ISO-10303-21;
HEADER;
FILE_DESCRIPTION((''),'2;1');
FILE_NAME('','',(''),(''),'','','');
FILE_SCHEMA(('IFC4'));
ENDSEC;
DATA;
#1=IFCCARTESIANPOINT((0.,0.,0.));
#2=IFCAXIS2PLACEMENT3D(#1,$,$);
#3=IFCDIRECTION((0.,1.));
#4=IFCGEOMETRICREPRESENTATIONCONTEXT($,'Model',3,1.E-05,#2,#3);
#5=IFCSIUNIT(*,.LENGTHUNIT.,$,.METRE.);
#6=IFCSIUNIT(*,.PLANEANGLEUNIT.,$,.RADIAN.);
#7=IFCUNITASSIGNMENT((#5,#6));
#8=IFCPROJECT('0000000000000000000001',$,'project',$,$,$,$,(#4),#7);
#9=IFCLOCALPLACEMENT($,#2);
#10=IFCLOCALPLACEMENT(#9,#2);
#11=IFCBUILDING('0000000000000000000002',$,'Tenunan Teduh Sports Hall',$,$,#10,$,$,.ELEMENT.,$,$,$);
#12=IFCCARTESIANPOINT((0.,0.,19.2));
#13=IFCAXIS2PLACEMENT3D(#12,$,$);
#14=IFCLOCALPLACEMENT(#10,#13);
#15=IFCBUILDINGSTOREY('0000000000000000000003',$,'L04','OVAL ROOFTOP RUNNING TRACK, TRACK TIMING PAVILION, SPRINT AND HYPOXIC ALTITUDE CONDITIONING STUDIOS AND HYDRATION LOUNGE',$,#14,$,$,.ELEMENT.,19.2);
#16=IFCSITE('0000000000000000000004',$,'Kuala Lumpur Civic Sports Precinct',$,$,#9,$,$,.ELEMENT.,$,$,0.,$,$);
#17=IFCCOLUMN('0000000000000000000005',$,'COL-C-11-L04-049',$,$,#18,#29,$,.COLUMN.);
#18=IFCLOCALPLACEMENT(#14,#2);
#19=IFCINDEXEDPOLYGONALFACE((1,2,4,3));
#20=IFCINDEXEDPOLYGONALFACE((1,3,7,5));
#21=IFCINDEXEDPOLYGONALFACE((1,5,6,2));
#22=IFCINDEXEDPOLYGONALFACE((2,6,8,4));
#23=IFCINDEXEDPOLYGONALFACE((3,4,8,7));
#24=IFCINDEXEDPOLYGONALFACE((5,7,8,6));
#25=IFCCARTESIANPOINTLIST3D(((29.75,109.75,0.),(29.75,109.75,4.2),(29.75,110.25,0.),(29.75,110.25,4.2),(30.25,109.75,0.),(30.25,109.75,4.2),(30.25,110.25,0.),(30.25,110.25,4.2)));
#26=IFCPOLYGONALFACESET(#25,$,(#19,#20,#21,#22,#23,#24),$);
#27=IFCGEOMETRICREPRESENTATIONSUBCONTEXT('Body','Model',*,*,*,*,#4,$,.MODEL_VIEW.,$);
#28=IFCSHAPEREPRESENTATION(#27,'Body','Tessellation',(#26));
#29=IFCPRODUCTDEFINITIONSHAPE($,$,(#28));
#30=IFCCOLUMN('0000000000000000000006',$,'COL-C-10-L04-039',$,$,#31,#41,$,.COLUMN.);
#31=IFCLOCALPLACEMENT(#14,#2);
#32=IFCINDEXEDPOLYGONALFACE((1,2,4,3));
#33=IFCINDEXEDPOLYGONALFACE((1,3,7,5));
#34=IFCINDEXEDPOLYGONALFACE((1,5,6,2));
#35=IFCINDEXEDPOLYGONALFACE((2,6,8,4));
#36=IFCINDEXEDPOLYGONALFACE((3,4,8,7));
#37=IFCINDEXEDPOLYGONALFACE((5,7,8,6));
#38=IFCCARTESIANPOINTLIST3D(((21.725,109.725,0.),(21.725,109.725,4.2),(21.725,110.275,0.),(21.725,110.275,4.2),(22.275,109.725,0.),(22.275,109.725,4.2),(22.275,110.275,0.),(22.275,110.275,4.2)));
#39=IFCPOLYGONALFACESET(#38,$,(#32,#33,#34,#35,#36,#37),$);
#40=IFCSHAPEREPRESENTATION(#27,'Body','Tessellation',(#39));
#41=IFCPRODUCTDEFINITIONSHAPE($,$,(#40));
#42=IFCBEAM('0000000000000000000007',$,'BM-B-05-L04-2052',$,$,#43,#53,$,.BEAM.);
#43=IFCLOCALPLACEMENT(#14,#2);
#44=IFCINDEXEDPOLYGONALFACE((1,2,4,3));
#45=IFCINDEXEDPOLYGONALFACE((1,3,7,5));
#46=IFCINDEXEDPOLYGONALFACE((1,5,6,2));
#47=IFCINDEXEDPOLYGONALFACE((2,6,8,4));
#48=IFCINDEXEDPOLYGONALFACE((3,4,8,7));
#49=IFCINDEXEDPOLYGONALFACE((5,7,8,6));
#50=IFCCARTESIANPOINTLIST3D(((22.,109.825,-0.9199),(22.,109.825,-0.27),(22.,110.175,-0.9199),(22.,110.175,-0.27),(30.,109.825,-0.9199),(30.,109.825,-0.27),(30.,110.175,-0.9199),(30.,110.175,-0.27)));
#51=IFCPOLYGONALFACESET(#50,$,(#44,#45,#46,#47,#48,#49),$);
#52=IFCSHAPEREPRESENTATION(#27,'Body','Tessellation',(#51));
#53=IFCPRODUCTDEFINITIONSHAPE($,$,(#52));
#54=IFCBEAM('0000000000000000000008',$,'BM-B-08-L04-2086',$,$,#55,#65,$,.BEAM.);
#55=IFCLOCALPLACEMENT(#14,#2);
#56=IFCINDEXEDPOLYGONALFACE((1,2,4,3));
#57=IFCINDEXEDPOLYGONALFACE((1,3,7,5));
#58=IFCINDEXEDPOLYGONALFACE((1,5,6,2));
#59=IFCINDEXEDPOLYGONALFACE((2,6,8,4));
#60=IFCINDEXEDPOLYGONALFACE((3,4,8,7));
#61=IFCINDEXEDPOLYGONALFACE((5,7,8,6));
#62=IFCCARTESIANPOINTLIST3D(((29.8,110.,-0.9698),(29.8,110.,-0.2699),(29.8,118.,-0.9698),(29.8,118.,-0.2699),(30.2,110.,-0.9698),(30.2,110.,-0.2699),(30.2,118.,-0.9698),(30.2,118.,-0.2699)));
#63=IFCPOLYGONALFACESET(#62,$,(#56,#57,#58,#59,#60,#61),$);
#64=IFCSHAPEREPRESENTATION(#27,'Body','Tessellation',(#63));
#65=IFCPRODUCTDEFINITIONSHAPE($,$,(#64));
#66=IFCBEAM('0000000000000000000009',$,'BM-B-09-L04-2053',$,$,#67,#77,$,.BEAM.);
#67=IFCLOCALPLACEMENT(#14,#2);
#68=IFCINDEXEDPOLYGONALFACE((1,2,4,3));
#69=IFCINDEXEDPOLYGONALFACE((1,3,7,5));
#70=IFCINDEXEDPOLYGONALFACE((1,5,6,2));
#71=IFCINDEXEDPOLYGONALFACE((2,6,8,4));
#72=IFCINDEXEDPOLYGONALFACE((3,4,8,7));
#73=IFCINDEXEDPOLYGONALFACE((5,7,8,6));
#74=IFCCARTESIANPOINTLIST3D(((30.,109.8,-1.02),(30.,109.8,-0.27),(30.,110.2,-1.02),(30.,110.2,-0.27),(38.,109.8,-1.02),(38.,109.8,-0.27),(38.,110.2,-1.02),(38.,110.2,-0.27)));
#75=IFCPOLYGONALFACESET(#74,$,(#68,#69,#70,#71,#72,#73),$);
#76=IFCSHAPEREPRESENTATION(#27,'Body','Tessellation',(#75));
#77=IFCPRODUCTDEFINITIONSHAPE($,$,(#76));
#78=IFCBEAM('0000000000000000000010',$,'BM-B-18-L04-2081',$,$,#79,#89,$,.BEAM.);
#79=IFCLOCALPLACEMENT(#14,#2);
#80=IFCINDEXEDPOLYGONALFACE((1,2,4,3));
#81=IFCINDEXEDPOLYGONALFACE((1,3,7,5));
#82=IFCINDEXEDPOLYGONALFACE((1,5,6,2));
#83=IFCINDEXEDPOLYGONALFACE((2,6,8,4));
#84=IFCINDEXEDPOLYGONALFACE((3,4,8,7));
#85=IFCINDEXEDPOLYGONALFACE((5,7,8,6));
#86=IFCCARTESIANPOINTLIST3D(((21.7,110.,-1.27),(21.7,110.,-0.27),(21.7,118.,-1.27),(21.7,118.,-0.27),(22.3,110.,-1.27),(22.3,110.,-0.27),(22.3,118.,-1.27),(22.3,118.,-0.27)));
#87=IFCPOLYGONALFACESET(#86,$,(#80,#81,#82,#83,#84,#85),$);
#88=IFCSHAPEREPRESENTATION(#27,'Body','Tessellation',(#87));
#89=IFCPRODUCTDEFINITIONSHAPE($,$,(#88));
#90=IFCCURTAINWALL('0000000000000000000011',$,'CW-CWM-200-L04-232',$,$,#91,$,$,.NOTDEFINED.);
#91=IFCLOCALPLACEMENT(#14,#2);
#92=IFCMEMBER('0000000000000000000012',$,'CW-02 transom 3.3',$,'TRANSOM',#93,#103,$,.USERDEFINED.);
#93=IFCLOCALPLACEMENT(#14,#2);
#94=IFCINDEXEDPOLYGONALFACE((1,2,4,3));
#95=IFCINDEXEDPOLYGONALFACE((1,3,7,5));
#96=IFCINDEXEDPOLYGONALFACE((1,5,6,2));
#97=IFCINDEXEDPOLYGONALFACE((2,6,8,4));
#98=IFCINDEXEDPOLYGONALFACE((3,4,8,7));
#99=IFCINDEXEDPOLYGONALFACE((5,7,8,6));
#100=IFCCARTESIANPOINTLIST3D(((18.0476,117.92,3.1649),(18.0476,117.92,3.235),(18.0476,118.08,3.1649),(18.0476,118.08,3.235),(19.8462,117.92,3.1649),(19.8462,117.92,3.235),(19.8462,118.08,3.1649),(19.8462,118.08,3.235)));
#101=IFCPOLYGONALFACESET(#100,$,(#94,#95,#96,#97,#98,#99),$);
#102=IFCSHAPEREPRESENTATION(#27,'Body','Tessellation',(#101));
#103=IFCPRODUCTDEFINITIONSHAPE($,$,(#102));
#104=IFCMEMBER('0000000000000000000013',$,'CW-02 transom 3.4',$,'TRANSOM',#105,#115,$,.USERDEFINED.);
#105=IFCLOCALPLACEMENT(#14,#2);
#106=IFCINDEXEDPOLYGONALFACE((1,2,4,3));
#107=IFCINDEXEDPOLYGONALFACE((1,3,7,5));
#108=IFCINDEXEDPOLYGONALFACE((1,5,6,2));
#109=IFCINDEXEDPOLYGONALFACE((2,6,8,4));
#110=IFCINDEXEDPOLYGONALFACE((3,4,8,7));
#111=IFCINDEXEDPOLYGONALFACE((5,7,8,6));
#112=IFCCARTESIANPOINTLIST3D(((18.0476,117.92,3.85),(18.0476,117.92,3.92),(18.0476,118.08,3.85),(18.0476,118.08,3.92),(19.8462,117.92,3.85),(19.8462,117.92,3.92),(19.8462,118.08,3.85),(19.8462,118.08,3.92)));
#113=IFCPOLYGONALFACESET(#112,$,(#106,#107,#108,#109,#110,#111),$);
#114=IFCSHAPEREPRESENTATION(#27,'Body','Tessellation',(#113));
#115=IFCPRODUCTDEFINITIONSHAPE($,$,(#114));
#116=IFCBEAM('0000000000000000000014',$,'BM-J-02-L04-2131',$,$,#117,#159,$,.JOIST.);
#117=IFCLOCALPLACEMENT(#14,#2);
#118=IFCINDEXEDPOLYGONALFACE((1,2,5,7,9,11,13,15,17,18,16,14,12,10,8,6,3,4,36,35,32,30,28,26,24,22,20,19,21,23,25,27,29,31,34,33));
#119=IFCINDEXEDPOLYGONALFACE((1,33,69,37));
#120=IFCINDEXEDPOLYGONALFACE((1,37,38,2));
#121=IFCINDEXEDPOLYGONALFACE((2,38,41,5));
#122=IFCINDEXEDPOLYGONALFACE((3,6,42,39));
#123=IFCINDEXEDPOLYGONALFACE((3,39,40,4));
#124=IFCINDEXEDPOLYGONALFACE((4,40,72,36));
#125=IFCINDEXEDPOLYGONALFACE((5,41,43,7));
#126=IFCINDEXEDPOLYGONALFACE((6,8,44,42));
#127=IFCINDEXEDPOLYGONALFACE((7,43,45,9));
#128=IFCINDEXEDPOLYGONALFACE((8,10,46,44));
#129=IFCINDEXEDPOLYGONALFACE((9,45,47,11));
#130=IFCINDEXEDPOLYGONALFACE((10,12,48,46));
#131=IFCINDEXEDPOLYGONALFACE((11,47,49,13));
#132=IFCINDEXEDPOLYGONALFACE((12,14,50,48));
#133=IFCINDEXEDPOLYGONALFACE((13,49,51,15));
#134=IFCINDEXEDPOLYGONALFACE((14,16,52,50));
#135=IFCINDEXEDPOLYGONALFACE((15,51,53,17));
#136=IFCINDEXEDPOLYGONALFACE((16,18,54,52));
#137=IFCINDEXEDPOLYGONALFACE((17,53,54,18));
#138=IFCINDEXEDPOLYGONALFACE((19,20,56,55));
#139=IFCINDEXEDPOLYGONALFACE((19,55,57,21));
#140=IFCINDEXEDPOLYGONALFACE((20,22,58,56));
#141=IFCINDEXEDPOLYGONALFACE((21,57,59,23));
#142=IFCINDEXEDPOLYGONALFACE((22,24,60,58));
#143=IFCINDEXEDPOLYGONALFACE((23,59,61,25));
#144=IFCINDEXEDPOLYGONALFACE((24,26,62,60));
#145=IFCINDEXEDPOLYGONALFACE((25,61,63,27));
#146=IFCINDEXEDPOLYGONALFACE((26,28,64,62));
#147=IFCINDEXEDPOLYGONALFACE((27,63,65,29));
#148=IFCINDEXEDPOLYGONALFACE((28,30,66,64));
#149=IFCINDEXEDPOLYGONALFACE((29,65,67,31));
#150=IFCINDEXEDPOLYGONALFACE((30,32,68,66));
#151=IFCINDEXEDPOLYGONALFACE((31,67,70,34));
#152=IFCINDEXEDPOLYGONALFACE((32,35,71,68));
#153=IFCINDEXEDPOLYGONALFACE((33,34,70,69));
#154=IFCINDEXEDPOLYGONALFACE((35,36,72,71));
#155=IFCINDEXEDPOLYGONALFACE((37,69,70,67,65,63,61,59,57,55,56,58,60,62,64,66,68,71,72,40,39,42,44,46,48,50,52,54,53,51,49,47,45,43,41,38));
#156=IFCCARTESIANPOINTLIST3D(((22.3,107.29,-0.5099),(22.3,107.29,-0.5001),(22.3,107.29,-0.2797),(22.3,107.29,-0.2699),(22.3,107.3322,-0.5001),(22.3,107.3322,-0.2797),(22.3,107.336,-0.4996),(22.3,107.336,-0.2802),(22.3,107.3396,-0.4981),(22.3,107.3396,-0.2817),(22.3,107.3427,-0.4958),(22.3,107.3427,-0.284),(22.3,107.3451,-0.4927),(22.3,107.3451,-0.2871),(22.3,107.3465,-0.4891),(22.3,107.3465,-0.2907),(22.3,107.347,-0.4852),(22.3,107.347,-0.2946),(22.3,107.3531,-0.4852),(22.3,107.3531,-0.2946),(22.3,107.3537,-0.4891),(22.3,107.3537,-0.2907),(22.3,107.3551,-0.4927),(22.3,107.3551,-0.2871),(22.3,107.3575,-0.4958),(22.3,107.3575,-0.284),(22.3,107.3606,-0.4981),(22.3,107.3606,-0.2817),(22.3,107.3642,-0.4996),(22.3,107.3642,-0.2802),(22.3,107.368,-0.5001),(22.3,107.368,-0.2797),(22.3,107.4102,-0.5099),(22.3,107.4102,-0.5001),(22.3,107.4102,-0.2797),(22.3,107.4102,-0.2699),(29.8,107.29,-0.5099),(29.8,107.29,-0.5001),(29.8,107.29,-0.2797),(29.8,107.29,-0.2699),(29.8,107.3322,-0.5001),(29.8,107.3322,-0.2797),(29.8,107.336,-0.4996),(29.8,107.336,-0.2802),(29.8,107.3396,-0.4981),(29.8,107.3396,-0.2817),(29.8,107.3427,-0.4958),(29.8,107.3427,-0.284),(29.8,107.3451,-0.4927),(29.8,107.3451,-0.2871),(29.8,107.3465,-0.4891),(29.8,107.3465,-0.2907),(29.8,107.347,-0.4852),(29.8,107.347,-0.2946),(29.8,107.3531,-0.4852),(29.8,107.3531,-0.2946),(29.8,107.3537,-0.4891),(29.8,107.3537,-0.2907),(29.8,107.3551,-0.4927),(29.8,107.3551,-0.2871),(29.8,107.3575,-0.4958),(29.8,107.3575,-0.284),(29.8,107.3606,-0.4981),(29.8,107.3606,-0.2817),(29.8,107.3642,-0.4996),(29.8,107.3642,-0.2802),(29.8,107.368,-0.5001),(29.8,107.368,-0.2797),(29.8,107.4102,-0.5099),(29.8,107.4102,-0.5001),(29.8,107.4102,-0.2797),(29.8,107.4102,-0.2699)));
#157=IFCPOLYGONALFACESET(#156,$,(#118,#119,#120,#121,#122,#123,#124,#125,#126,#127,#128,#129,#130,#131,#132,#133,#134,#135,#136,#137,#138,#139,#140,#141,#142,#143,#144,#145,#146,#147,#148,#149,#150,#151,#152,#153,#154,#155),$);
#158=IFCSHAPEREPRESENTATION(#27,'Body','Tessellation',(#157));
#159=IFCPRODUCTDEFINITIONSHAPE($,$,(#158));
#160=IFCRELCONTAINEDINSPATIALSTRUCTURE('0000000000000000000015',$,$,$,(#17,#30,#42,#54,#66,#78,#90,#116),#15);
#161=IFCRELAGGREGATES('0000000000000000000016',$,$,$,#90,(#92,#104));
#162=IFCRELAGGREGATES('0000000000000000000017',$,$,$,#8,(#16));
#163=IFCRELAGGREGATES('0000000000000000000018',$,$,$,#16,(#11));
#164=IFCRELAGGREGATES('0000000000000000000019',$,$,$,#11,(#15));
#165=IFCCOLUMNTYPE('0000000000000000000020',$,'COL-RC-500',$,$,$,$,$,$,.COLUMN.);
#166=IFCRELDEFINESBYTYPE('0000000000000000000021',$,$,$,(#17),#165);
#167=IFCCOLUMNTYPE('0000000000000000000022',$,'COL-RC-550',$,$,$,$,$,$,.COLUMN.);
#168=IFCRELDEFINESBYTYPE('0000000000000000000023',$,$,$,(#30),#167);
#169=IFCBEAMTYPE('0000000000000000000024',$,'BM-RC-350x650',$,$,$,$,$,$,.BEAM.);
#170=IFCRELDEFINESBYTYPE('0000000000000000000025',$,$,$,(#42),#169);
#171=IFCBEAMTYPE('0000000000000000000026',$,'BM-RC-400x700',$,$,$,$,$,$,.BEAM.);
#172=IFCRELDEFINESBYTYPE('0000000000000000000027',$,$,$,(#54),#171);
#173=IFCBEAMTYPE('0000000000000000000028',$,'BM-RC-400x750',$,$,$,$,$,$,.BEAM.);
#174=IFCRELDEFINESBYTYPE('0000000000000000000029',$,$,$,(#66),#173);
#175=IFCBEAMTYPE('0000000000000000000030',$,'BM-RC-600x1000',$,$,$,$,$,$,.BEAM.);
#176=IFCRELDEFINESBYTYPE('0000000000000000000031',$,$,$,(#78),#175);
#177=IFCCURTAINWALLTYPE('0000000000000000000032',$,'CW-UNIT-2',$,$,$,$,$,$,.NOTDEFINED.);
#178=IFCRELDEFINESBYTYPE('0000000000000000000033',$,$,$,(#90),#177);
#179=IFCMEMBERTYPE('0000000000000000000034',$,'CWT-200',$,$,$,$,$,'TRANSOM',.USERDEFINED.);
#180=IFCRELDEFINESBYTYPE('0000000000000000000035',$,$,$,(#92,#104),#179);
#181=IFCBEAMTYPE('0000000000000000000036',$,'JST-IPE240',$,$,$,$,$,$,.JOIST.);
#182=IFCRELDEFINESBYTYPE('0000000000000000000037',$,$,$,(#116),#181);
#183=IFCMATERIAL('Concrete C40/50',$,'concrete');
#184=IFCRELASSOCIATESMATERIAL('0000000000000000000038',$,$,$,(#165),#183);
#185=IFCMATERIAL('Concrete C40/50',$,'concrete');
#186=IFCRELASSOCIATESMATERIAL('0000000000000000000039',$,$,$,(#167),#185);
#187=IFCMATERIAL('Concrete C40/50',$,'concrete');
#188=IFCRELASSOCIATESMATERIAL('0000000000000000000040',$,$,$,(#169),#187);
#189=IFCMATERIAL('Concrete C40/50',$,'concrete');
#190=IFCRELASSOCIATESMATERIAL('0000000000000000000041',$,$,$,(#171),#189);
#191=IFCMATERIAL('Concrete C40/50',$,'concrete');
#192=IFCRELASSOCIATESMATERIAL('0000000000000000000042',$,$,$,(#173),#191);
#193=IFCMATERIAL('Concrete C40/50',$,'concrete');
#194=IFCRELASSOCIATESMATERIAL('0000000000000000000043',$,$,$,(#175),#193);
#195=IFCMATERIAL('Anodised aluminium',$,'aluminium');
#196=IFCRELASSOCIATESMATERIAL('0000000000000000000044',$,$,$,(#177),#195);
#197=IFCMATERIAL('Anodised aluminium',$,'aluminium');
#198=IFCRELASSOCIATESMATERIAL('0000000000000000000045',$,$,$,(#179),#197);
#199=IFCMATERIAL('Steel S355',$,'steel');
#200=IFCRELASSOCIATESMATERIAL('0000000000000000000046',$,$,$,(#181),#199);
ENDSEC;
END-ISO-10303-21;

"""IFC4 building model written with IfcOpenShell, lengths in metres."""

from ifc_helpers import new_model, si_unit, direction, frame, origin, origin_2d, place, context, subcontext, project, spatial, rectangle, i_section, extrude, material, material_profile, profile_set, type_object, element, aggregate, save


model = new_model("IFC4")

# Units and contexts
model_context = context("Model", 3, precision=1e-05, world=origin(), true_north=direction((0.0, 1.0)))
body_context = subcontext(model_context, "Body", "Model", "MODEL_VIEW")
ifc_project = project(units=[si_unit("LENGTHUNIT", "METRE"), si_unit("PLANEANGLEUNIT", "RADIAN")], contexts=[model_context])

# Site, building, storey
site_placement = place(None, origin())
site = spatial("IfcSite", under=ifc_project, at=site_placement, Name="Kuala Lumpur Civic Sports Precinct", CompositionType="ELEMENT", RefElevation=0.0)
building_placement = place(site_placement, origin())
building = spatial("IfcBuilding", under=site, at=building_placement, Name="Tenunan Teduh Sports Hall", CompositionType="ELEMENT")
storey_placement = place(building_placement, frame((0.0, 0.0, 19.2)))
storey = spatial("IfcBuildingStorey", under=building, at=storey_placement, Name="L04", Description="OVAL ROOFTOP RUNNING TRACK, TRACK TIMING PAVILION, SPRINT AND HYPOXIC ALTITUDE CONDITIONING STUDIOS AND HYDRATION LOUNGE", CompositionType="ELEMENT", Elevation=19.2)

# Columns
ifc_material_1 = material(Name="Concrete C40/50", Category="concrete")
ifc_material_profile_1 = material_profile(ifc_material_1, rectangle(XDim=0.5, YDim=0.5, at=origin_2d()), Name="RC 500x500")
ifc_profile_set_1 = profile_set([ifc_material_profile_1], Name="Concrete C40/50")
column_type_1 = type_object("IfcColumnType", Name="COL-RC-500", PredefinedType="COLUMN", material=ifc_profile_set_1)
column_1_placement = place(storey_placement, frame((30.0, 110.0, 0.0), z_axis=(0.0, 0.0, 1.0), x_axis=(1.0, 0.0, 0.0)))
element("IfcColumn", 1, at=column_1_placement, inside=storey, type_object=column_type_1, Name="COL-C-11-L04-049", PredefinedType="COLUMN", context=body_context, shape_type="SweptSolid", body=[
    extrude(rectangle(XDim=0.5, YDim=0.5, at=origin_2d()), origin(), (0.0, 0.0, 1.0), 4.2),
])
ifc_material_2 = material(Name="Concrete C40/50", Category="concrete")
ifc_material_profile_2 = material_profile(ifc_material_2, rectangle(XDim=0.55, YDim=0.55, at=origin_2d()), Name="RC 550x550")
ifc_profile_set_2 = profile_set([ifc_material_profile_2], Name="Concrete C40/50")
column_type_2 = type_object("IfcColumnType", Name="COL-RC-550", PredefinedType="COLUMN", material=ifc_profile_set_2)
column_2_placement = place(storey_placement, frame((22.0, 110.0, 0.0), z_axis=(0.0, 0.0, 1.0), x_axis=(1.0, 0.0, 0.0)))
element("IfcColumn", 2, at=column_2_placement, inside=storey, type_object=column_type_2, Name="COL-C-10-L04-039", PredefinedType="COLUMN", context=body_context, shape_type="SweptSolid", body=[
    extrude(rectangle(XDim=0.55, YDim=0.55, at=origin_2d()), origin(), (0.0, 0.0, 1.0), 4.2),
])

# Beams
ifc_material_3 = material(Name="Concrete C40/50", Category="concrete")
ifc_material_profile_3 = material_profile(ifc_material_3, rectangle(XDim=0.3501, YDim=0.6499, at=origin_2d()), Name="RCB 350x650")
ifc_profile_set_3 = profile_set([ifc_material_profile_3], Name="Concrete C40/50")
beam_type_1 = type_object("IfcBeamType", Name="BM-RC-350x650", PredefinedType="BEAM", material=ifc_profile_set_3)
beam_1_placement = place(storey_placement, frame((22.0, 110.0, -0.595), z_axis=(1.0, 0.0, 0.0), x_axis=(0.0, 1.0, 0.0)))
element("IfcBeam", 3, at=beam_1_placement, inside=storey, type_object=beam_type_1, Name="BM-B-05-L04-2052", PredefinedType="BEAM", context=body_context, shape_type="SweptSolid", body=[
    extrude(rectangle(XDim=0.3501, YDim=0.6499, at=origin_2d()), origin(), (0.0, 0.0, 1.0), 8.0),
])
ifc_material_4 = material(Name="Concrete C40/50", Category="concrete")
ifc_material_profile_4 = material_profile(ifc_material_4, rectangle(XDim=0.3999, YDim=0.7, at=origin_2d()), Name="RCB 400x700")
ifc_profile_set_4 = profile_set([ifc_material_profile_4], Name="Concrete C40/50")
beam_type_2 = type_object("IfcBeamType", Name="BM-RC-400x700", PredefinedType="BEAM", material=ifc_profile_set_4)
beam_2_placement = place(storey_placement, frame((30.0, 110.0, -0.6199), z_axis=(0.0, 1.0, 0.0), x_axis=(-1.0, 0.0, 0.0)))
element("IfcBeam", 4, at=beam_2_placement, inside=storey, type_object=beam_type_2, Name="BM-B-08-L04-2086", PredefinedType="BEAM", context=body_context, shape_type="SweptSolid", body=[
    extrude(rectangle(XDim=0.3999, YDim=0.7, at=origin_2d()), origin(), (0.0, 0.0, 1.0), 8.0),
])
ifc_material_5 = material(Name="Concrete C40/50", Category="concrete")
ifc_material_profile_5 = material_profile(ifc_material_5, rectangle(XDim=0.3999, YDim=0.75, at=origin_2d()), Name="RCB 400x750")
ifc_profile_set_5 = profile_set([ifc_material_profile_5], Name="Concrete C40/50")
beam_type_3 = type_object("IfcBeamType", Name="BM-RC-400x750", PredefinedType="BEAM", material=ifc_profile_set_5)
beam_3_placement = place(storey_placement, frame((30.0, 110.0, -0.645), z_axis=(1.0, 0.0, 0.0), x_axis=(0.0, 1.0, 0.0)))
element("IfcBeam", 5, at=beam_3_placement, inside=storey, type_object=beam_type_3, Name="BM-B-09-L04-2053", PredefinedType="BEAM", context=body_context, shape_type="SweptSolid", body=[
    extrude(rectangle(XDim=0.3999, YDim=0.75, at=origin_2d()), origin(), (0.0, 0.0, 1.0), 8.0),
])
ifc_material_6 = material(Name="Concrete C40/50", Category="concrete")
ifc_material_profile_6 = material_profile(ifc_material_6, rectangle(XDim=0.6001, YDim=1.0, at=origin_2d()), Name="RCB 600x1000")
ifc_profile_set_6 = profile_set([ifc_material_profile_6], Name="Concrete C40/50")
beam_type_4 = type_object("IfcBeamType", Name="BM-RC-600x1000", PredefinedType="BEAM", material=ifc_profile_set_6)
beam_4_placement = place(storey_placement, frame((22.0, 110.0, -0.77), z_axis=(0.0, 1.0, 0.0), x_axis=(-1.0, 0.0, 0.0)))
element("IfcBeam", 6, at=beam_4_placement, inside=storey, type_object=beam_type_4, Name="BM-B-18-L04-2081", PredefinedType="BEAM", context=body_context, shape_type="SweptSolid", body=[
    extrude(rectangle(XDim=0.6001, YDim=1.0, at=origin_2d()), origin(), (0.0, 0.0, 1.0), 8.0),
])

# Curtain wall, members
ifc_material_7 = material(Name="Anodised aluminium", Category="aluminium")
curtain_wall_type = type_object("IfcCurtainWallType", Name="CW-UNIT-2", PredefinedType="NOTDEFINED", material=ifc_material_7)
curtain_wall_placement = place(storey_placement, origin())
curtain_wall = element("IfcCurtainWall", 7, at=curtain_wall_placement, inside=storey, type_object=curtain_wall_type, Name="CW-CWM-200-L04-232", PredefinedType="NOTDEFINED")
ifc_material_8 = material(Name="Anodised aluminium", Category="aluminium")
ifc_material_profile_7 = material_profile(ifc_material_8, rectangle(XDim=0.0701, YDim=0.1599, at=origin_2d()), Name="CWT 70x160")
ifc_profile_set_7 = profile_set([ifc_material_profile_7], Name="Anodised aluminium")
member_type = type_object("IfcMemberType", Name="CWT-200", ElementType="TRANSOM", PredefinedType="USERDEFINED", material=ifc_profile_set_7)
member_1_placement = place(storey_placement, frame((18.0476, 118.0, 3.2), z_axis=(1.0, 0.0, 0.0), x_axis=(0.0, 0.0, 1.0)))
member_1 = element("IfcMember", 8, at=member_1_placement, type_object=member_type, Name="CW-02 transom 3.3", ObjectType="TRANSOM", PredefinedType="USERDEFINED", context=body_context, shape_type="SweptSolid", body=[
    extrude(rectangle(XDim=0.0701, YDim=0.1599, at=origin_2d()), origin(), (0.0, 0.0, 1.0), 1.7986),
])
member_2_placement = place(storey_placement, frame((18.0476, 118.0, 3.885), z_axis=(1.0, 0.0, 0.0), x_axis=(0.0, 0.0, 1.0)))
member_2 = element("IfcMember", 9, at=member_2_placement, type_object=member_type, Name="CW-02 transom 3.4", ObjectType="TRANSOM", PredefinedType="USERDEFINED", context=body_context, shape_type="SweptSolid", body=[
    extrude(rectangle(XDim=0.0701, YDim=0.1599, at=origin_2d()), origin(), (0.0, 0.0, 1.0), 1.7986),
])

# Beam
ifc_material_9 = material(Name="Steel S355", Category="steel")
ifc_material_profile_8 = material_profile(ifc_material_9, i_section(OverallWidth=0.1201, OverallDepth=0.24, WebThickness=0.0061, FlangeThickness=0.0098, FilletRadius=0.0149, at=origin_2d()), Name="IPE 240")
ifc_profile_set_8 = profile_set([ifc_material_profile_8], Name="Steel S355")
beam_type_5 = type_object("IfcBeamType", Name="JST-IPE240", PredefinedType="JOIST", material=ifc_profile_set_8)
beam_5_placement = place(storey_placement, frame((22.3, 107.3501, -0.3899), z_axis=(1.0, 0.0, 0.0), x_axis=(0.0, 1.0, 0.0)))
element("IfcBeam", 10, at=beam_5_placement, inside=storey, type_object=beam_type_5, Name="BM-J-02-L04-2131", PredefinedType="JOIST", context=body_context, shape_type="SweptSolid", body=[
    extrude(i_section(OverallWidth=0.1201, OverallDepth=0.24, WebThickness=0.0061, FlangeThickness=0.0098, FilletRadius=0.0149, at=origin_2d()), origin(), (0.0, 0.0, 1.0), 7.5),
])

aggregate(curtain_wall, [member_1, member_2])

save(model, "model.ifc")
